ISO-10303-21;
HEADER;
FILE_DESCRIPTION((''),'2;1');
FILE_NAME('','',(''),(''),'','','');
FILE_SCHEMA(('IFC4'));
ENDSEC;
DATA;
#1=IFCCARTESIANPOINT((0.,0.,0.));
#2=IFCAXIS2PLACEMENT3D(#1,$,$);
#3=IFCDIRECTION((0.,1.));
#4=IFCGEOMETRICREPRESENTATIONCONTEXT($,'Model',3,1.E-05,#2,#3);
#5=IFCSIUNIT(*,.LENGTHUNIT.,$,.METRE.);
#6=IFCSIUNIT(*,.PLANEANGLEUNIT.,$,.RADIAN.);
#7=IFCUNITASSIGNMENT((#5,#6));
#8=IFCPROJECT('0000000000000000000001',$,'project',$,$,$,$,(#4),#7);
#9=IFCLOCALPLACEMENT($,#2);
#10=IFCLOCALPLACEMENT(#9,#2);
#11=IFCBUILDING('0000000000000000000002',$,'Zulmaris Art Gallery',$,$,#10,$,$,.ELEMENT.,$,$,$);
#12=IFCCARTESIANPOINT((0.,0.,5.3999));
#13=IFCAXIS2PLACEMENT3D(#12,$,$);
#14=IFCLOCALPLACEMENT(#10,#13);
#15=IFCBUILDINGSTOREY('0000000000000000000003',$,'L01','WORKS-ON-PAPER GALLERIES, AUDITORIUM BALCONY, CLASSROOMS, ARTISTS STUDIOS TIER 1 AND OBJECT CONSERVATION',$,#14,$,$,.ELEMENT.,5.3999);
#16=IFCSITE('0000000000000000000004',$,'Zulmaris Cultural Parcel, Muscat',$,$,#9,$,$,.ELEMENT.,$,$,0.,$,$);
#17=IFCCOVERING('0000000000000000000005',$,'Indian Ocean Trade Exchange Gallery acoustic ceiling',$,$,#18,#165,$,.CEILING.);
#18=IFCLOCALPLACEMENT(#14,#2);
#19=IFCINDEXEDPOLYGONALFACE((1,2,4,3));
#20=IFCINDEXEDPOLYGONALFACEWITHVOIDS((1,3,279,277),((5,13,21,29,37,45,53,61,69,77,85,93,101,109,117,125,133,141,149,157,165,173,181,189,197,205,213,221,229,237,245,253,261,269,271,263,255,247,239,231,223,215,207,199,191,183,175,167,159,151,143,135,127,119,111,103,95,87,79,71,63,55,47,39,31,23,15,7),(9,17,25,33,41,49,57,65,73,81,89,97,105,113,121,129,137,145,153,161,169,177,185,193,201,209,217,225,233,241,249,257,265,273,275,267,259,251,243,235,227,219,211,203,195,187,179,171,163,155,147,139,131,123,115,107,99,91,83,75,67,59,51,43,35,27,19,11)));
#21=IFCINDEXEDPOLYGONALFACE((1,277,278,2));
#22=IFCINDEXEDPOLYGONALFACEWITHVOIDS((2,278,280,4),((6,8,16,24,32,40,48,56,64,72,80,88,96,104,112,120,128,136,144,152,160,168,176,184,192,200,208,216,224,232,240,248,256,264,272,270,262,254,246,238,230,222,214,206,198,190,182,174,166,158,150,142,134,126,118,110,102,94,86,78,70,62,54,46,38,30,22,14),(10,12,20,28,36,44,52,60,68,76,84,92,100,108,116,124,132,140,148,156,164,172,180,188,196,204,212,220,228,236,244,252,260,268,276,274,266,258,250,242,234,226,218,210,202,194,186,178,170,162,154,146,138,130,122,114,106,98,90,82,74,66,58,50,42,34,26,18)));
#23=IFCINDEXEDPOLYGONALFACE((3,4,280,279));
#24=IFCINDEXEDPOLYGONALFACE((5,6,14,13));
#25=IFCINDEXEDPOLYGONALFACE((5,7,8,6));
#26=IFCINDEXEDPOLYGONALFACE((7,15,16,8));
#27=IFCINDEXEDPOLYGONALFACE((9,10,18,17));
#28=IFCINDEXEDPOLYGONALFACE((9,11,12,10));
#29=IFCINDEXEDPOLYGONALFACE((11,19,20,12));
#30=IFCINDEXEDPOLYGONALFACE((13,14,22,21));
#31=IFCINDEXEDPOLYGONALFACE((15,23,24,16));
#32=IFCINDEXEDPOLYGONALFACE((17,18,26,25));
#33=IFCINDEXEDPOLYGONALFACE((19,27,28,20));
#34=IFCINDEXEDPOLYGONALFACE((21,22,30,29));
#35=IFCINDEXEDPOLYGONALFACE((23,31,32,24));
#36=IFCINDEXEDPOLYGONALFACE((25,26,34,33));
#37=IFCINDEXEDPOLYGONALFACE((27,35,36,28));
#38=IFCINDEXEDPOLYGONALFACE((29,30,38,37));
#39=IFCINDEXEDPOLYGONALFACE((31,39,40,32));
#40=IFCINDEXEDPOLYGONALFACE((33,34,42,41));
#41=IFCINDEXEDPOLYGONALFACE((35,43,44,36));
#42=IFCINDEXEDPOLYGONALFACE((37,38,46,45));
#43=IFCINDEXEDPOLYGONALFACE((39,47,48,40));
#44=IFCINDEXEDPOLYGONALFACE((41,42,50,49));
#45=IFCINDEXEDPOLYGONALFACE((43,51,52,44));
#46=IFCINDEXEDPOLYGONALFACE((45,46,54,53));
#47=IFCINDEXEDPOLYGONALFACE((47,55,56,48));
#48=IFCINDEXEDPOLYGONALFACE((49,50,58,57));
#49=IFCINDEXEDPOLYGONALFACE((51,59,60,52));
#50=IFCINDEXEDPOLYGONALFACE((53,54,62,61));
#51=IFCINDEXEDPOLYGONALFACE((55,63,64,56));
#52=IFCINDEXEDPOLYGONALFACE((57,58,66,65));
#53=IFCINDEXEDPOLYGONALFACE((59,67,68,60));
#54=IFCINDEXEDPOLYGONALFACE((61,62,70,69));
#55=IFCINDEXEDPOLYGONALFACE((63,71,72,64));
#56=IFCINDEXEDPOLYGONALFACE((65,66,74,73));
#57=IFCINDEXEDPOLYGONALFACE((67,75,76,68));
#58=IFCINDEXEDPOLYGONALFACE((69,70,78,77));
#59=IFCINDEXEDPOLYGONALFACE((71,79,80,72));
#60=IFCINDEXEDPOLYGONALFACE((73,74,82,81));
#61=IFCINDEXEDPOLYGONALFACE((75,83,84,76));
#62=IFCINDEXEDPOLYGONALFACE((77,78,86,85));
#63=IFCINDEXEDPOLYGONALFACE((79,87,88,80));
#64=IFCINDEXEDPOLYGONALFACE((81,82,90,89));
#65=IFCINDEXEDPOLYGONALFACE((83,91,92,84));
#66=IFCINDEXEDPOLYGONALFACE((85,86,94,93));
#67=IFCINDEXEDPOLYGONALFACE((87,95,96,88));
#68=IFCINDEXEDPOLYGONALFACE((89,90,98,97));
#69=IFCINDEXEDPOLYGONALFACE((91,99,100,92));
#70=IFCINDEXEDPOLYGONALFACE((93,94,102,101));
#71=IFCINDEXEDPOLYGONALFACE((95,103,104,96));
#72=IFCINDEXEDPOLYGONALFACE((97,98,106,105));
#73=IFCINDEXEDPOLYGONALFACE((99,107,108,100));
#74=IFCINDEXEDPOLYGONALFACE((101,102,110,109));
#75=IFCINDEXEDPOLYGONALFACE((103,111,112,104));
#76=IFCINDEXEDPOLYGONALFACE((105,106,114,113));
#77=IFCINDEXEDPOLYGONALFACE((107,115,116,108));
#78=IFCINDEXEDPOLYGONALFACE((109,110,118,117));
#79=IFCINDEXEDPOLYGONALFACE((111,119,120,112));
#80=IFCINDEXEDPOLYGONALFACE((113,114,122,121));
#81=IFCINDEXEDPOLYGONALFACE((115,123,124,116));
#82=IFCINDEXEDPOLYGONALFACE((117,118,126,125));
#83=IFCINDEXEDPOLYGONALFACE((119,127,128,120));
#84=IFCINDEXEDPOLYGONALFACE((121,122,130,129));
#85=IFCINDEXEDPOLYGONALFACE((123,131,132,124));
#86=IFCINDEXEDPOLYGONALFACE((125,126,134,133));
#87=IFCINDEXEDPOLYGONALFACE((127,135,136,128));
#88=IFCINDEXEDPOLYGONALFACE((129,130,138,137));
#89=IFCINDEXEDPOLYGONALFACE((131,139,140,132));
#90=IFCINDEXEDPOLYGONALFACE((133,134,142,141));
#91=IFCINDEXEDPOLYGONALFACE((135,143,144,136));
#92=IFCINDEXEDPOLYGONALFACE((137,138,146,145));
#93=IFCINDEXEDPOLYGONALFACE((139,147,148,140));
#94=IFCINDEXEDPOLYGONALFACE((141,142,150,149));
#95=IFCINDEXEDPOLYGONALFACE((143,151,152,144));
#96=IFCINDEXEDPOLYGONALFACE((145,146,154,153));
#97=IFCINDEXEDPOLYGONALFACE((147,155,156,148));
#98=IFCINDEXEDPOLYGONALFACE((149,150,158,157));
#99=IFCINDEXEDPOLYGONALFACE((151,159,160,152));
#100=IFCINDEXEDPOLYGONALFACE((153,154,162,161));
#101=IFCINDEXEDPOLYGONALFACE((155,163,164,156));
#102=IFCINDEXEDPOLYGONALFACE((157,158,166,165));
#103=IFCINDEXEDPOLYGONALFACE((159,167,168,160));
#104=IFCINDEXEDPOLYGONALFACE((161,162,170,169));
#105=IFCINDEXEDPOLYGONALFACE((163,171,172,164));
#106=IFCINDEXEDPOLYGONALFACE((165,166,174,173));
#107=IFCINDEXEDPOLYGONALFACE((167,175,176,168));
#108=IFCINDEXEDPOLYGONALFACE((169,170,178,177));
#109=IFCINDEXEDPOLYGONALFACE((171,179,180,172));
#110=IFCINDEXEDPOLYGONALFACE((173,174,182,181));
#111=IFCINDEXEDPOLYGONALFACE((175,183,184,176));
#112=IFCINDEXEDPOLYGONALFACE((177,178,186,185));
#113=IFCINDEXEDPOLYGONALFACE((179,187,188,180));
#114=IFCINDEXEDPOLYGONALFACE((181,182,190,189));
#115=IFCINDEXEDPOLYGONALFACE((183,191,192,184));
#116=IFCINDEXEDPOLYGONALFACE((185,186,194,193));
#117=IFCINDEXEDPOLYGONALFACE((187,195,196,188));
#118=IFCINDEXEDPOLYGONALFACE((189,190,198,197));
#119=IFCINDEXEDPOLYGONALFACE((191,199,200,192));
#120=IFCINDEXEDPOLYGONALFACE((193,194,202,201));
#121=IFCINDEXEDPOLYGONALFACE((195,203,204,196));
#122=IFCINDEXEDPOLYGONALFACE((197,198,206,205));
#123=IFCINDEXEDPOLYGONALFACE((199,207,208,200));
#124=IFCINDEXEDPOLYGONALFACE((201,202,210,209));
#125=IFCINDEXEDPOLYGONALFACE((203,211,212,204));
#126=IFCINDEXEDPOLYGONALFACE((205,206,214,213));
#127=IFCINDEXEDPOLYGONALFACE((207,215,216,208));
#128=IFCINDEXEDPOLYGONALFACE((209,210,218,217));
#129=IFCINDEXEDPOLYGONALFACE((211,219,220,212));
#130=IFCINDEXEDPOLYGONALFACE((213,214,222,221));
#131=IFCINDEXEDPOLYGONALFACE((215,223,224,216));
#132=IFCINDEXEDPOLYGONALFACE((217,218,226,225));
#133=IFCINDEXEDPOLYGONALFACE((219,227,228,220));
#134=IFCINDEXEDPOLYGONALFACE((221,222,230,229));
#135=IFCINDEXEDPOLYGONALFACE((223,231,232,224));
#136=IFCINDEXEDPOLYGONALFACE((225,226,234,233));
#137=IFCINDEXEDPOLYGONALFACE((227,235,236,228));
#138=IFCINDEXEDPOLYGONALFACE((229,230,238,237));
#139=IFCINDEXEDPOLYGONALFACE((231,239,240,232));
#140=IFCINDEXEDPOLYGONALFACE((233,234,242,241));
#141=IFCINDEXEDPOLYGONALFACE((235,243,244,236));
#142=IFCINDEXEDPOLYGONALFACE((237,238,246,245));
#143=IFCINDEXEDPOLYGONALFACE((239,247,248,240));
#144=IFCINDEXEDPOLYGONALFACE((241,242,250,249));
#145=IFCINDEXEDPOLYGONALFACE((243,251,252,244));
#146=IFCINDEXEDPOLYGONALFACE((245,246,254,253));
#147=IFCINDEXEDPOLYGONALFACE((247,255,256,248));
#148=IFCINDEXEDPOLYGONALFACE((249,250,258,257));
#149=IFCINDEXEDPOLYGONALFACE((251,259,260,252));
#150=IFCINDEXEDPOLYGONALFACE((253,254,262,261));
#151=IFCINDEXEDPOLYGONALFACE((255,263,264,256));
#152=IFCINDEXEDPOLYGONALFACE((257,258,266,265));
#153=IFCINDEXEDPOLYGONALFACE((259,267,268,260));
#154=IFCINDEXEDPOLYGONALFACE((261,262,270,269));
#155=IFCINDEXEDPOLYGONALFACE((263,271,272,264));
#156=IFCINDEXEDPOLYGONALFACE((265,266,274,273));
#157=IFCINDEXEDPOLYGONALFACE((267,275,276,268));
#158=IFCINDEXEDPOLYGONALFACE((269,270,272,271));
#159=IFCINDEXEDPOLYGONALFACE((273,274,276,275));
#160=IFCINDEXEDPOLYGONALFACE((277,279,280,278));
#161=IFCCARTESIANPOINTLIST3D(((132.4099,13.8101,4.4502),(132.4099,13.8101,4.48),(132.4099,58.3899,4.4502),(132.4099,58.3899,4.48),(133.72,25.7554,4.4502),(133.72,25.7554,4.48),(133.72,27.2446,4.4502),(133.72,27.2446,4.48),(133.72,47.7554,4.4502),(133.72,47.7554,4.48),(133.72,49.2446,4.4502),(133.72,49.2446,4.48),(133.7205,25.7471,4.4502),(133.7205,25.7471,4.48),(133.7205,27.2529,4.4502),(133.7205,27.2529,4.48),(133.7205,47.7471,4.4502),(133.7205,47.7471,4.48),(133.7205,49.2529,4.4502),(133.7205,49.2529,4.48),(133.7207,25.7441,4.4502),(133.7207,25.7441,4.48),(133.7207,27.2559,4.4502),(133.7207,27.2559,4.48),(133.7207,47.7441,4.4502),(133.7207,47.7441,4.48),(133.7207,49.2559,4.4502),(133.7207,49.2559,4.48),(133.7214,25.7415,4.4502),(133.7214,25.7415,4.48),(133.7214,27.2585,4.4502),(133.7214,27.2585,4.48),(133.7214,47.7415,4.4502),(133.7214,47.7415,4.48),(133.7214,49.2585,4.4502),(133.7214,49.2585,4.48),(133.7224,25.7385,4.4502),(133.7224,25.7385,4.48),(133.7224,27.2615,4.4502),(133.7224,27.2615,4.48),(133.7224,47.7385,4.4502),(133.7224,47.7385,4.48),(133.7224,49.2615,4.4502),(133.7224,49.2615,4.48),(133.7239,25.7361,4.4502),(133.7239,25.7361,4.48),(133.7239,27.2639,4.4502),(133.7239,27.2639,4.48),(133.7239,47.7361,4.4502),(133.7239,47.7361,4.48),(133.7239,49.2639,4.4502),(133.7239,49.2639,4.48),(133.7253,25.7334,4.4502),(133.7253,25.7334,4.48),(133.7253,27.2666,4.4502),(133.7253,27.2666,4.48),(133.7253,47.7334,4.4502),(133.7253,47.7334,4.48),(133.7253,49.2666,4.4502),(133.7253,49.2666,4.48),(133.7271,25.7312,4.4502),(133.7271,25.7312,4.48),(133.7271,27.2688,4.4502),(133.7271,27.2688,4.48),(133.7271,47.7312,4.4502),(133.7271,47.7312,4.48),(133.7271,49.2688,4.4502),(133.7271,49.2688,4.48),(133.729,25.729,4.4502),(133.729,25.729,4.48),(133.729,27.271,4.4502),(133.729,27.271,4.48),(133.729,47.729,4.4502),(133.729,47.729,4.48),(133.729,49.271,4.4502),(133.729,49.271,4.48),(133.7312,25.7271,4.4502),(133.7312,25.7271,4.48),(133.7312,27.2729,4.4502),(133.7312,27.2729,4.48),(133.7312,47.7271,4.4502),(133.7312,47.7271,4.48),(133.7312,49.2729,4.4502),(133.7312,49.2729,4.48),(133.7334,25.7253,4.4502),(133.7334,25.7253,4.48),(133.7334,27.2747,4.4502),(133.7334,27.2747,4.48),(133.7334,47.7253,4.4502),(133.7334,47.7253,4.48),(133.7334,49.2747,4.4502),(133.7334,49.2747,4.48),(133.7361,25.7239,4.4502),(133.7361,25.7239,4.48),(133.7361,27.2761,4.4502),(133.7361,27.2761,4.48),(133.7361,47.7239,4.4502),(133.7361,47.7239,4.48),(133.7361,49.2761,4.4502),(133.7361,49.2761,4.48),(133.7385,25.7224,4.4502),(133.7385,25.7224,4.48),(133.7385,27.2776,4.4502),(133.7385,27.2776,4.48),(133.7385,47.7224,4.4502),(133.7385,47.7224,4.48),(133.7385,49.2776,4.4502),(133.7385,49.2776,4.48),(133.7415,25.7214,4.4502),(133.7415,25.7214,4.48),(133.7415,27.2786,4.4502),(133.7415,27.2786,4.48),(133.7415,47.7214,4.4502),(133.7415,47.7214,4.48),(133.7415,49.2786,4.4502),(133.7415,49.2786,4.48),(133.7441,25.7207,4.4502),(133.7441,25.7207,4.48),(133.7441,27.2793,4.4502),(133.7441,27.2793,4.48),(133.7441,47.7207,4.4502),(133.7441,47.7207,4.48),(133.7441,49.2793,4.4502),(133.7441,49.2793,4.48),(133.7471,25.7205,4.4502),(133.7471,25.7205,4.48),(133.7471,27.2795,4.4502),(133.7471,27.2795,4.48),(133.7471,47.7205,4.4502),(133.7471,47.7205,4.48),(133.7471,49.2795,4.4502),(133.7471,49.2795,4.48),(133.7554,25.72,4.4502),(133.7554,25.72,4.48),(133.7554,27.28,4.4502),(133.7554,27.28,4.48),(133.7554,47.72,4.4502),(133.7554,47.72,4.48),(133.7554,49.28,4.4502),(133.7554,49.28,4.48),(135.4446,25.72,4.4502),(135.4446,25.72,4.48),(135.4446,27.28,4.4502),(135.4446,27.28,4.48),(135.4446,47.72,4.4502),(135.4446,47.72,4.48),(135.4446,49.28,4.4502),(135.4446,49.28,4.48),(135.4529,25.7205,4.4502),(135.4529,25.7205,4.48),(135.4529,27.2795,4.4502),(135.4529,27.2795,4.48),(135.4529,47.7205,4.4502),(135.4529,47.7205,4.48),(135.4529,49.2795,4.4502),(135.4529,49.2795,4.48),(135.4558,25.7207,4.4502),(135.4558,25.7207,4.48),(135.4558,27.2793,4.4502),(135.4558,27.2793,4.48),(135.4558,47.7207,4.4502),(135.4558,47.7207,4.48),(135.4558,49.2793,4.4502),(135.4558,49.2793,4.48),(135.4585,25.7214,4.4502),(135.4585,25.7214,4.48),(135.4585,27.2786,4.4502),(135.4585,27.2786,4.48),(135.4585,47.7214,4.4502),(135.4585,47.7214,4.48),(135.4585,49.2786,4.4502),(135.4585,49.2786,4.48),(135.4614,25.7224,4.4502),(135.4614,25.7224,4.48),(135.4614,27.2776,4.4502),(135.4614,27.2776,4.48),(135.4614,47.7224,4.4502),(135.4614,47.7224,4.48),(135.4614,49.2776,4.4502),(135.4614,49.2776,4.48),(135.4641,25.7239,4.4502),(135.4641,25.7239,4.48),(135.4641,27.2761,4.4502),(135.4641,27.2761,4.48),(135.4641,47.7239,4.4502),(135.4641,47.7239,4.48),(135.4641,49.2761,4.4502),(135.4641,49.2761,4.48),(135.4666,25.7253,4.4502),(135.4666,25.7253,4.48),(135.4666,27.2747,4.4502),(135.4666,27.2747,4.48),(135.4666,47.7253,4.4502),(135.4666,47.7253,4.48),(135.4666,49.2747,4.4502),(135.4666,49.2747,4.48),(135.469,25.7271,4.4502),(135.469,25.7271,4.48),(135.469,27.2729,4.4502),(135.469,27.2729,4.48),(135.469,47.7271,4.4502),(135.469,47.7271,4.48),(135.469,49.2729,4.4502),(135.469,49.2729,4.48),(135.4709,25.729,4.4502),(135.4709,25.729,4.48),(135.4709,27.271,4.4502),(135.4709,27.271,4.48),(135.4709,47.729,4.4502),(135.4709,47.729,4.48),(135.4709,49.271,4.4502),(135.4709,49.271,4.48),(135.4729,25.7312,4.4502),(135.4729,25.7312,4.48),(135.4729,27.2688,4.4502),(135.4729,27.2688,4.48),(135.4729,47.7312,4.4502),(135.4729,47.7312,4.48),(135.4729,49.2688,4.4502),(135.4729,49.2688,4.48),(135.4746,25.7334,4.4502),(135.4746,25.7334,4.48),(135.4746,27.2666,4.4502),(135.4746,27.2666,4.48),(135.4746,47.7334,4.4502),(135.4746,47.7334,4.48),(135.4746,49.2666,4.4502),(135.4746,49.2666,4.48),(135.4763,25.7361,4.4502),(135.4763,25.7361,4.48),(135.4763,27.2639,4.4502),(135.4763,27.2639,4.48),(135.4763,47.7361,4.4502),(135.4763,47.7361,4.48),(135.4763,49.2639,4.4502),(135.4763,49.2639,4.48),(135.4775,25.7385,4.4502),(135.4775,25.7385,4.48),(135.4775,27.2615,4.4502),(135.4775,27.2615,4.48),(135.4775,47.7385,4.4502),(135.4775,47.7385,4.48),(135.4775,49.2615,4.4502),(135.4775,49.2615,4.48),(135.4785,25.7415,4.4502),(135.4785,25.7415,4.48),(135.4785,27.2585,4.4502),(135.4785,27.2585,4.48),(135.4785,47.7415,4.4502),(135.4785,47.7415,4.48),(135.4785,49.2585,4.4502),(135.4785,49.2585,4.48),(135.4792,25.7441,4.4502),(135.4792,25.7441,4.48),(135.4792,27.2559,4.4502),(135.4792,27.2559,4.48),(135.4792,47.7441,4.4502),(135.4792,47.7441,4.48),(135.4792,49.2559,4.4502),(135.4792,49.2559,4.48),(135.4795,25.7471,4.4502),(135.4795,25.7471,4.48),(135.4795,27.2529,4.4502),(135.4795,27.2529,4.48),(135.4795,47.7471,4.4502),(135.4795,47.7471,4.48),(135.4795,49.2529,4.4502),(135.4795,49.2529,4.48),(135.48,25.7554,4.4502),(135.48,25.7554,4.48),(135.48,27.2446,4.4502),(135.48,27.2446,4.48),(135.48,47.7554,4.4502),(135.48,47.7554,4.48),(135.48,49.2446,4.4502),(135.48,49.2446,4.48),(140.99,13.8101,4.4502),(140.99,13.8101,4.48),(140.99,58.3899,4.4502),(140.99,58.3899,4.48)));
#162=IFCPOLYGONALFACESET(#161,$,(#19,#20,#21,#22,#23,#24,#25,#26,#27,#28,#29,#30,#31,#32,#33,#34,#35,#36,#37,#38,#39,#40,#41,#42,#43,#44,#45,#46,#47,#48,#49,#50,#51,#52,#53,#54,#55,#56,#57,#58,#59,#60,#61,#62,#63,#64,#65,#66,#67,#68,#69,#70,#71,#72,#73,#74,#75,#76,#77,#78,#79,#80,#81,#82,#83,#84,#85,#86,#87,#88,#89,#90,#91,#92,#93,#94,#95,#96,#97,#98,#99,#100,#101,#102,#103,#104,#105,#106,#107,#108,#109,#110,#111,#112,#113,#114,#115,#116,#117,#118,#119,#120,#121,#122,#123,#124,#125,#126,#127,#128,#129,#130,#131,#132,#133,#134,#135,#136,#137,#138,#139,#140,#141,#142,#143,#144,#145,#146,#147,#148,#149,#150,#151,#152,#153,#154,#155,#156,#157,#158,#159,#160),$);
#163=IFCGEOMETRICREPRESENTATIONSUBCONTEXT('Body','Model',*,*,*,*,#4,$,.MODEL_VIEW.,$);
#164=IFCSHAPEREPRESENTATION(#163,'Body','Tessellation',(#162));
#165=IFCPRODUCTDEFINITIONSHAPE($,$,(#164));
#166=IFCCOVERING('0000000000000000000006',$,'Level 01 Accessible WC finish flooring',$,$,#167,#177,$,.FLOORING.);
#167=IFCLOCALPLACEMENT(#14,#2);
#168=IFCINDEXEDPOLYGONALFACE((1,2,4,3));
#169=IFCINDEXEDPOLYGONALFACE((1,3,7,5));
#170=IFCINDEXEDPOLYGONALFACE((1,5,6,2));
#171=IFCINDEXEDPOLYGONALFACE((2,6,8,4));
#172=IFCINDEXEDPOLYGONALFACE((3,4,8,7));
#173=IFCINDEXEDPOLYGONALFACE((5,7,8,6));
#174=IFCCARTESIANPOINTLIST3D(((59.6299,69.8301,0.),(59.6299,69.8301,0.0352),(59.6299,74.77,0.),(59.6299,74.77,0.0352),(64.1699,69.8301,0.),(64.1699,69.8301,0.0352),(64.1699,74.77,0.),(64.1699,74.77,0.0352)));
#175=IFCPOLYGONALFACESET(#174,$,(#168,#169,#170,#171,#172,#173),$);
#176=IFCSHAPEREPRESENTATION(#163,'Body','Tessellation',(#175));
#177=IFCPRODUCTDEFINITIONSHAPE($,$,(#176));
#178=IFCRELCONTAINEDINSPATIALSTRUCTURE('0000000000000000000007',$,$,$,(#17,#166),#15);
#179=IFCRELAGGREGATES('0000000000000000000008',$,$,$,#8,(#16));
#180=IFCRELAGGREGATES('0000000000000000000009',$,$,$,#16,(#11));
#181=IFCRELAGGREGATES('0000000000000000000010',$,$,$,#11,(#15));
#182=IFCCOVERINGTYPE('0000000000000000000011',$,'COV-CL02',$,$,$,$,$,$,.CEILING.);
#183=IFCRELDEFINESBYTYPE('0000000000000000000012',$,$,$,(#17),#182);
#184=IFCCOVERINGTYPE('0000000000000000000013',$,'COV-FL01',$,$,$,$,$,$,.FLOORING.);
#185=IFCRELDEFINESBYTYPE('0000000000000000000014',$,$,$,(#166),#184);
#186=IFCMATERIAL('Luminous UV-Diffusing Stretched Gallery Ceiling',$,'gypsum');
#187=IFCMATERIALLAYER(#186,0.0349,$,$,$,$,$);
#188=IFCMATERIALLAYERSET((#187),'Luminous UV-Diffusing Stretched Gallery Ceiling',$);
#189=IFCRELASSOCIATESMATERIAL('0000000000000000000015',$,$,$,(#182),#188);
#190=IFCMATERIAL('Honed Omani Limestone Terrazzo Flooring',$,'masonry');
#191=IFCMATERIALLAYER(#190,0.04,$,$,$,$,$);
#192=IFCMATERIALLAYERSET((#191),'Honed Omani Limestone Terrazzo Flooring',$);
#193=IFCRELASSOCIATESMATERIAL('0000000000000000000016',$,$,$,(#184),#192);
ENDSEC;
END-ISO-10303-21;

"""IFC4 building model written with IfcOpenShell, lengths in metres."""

from ifc_helpers import new_model, si_unit, direction, frame, origin, place, context, subcontext, project, spatial, polyline, outline, extrude, material, layer, layer_set, type_object, element, save


model = new_model("IFC4")

# Units and contexts
model_context = context("Model", 3, precision=1e-05, world=origin(), true_north=direction((0.0, 1.0)))
body_context = subcontext(model_context, "Body", "Model", "MODEL_VIEW")
ifc_project = project(units=[si_unit("LENGTHUNIT", "METRE"), si_unit("PLANEANGLEUNIT", "RADIAN")], contexts=[model_context])

# Site, building, storey
site_placement = place(None, origin())
site = spatial("IfcSite", under=ifc_project, at=site_placement, Name="Zulmaris Cultural Parcel, Muscat", CompositionType="ELEMENT", RefElevation=0.0)
building_placement = place(site_placement, origin())
building = spatial("IfcBuilding", under=site, at=building_placement, Name="Zulmaris Art Gallery", CompositionType="ELEMENT")
storey_placement = place(building_placement, frame((0.0, 0.0, 5.3999)))
storey = spatial("IfcBuildingStorey", under=building, at=storey_placement, Name="L01", Description="WORKS-ON-PAPER GALLERIES, AUDITORIUM BALCONY, CLASSROOMS, ARTISTS STUDIOS TIER 1 AND OBJECT CONSERVATION", CompositionType="ELEMENT", Elevation=5.3999)

# Coverings
ifc_material_1 = material(Name="Luminous UV-Diffusing Stretched Gallery Ceiling", Category="gypsum")
ifc_layer_1 = layer(ifc_material_1, 0.0349)
ifc_layer_set_1 = layer_set([ifc_layer_1], Name="Luminous UV-Diffusing Stretched Gallery Ceiling")
covering_type_1 = type_object("IfcCoveringType", Name="COV-CL02", PredefinedType="CEILING", material=ifc_layer_set_1)
covering_1_placement = place(storey_placement, frame((0.0, 0.0, 4.4502)))
element("IfcCovering", 1, at=covering_1_placement, inside=storey, type_object=covering_type_1, Name="Indian Ocean Trade Exchange Gallery acoustic ceiling", PredefinedType="CEILING", context=body_context, shape_type="SweptSolid", body=[
    extrude(outline(polyline([(132.4099, 58.3899), (140.99, 58.3899), (140.99, 13.8101), (132.4099, 13.8101), (132.4099, 58.3899)]), holes=[polyline([(133.7214, 25.7415), (133.7224, 25.7385), (133.7239, 25.7361), (133.7253, 25.7334), (133.7271, 25.7312), (133.729, 25.729), (133.7312, 25.7271), (133.7334, 25.7253), (133.7361, 25.7239), (133.7385, 25.7224), (133.7415, 25.7214), (133.7441, 25.7207), (133.7471, 25.7205), (133.7554, 25.72), (135.4446, 25.72), (135.4529, 25.7205), (135.4558, 25.7207), (135.4585, 25.7214), (135.4614, 25.7224), (135.4641, 25.7239), (135.4666, 25.7253), (135.469, 25.7271), (135.4709, 25.729), (135.4729, 25.7312), (135.4746, 25.7334), (135.4763, 25.7361), (135.4775, 25.7385), (135.4785, 25.7415), (135.4792, 25.7441), (135.4795, 25.7471), (135.48, 25.7554), (135.48, 27.2446), (135.4795, 27.2529), (135.4792, 27.2559), (135.4785, 27.2585), (135.4775, 27.2615), (135.4763, 27.2639), (135.4746, 27.2666), (135.4729, 27.2688), (135.4709, 27.271), (135.469, 27.2729), (135.4666, 27.2747), (135.4641, 27.2761), (135.4614, 27.2776), (135.4585, 27.2786), (135.4558, 27.2793), (135.4529, 27.2795), (135.4446, 27.28), (133.7554, 27.28), (133.7471, 27.2795), (133.7441, 27.2793), (133.7415, 27.2786), (133.7385, 27.2776), (133.7361, 27.2761), (133.7334, 27.2747), (133.7312, 27.2729), (133.729, 27.271), (133.7271, 27.2688), (133.7253, 27.2666), (133.7239, 27.2639), (133.7224, 27.2615), (133.7214, 27.2585), (133.7207, 27.2559), (133.7205, 27.2529), (133.72, 27.2446), (133.72, 25.7554), (133.7205, 25.7471), (133.7207, 25.7441), (133.7214, 25.7415)]), polyline([(133.7214, 47.7415), (133.7224, 47.7385), (133.7239, 47.7361), (133.7253, 47.7334), (133.7271, 47.7312), (133.729, 47.729), (133.7312, 47.7271), (133.7334, 47.7253), (133.7361, 47.7239), (133.7385, 47.7224), (133.7415, 47.7214), (133.7441, 47.7207), (133.7471, 47.7205), (133.7554, 47.72), (135.4446, 47.72), (135.4529, 47.7205), (135.4558, 47.7207), (135.4585, 47.7214), (135.4614, 47.7224), (135.4641, 47.7239), (135.4666, 47.7253), (135.469, 47.7271), (135.4709, 47.729), (135.4729, 47.7312), (135.4746, 47.7334), (135.4763, 47.7361), (135.4775, 47.7385), (135.4785, 47.7415), (135.4792, 47.7441), (135.4795, 47.7471), (135.48, 47.7554), (135.48, 49.2446), (135.4795, 49.2529), (135.4792, 49.2559), (135.4785, 49.2585), (135.4775, 49.2615), (135.4763, 49.2639), (135.4746, 49.2666), (135.4729, 49.2688), (135.4709, 49.271), (135.469, 49.2729), (135.4666, 49.2747), (135.4641, 49.2761), (135.4614, 49.2776), (135.4585, 49.2786), (135.4558, 49.2793), (135.4529, 49.2795), (135.4446, 49.28), (133.7554, 49.28), (133.7471, 49.2795), (133.7441, 49.2793), (133.7415, 49.2786), (133.7385, 49.2776), (133.7361, 49.2761), (133.7334, 49.2747), (133.7312, 49.2729), (133.729, 49.271), (133.7271, 49.2688), (133.7253, 49.2666), (133.7239, 49.2639), (133.7224, 49.2615), (133.7214, 49.2585), (133.7207, 49.2559), (133.7205, 49.2529), (133.72, 49.2446), (133.72, 47.7554), (133.7205, 47.7471), (133.7207, 47.7441), (133.7214, 47.7415)])]), origin(), (0.0, 0.0, 1.0), 0.0298),
])
ifc_material_2 = material(Name="Honed Omani Limestone Terrazzo Flooring", Category="masonry")
ifc_layer_2 = layer(ifc_material_2, 0.04)
ifc_layer_set_2 = layer_set([ifc_layer_2], Name="Honed Omani Limestone Terrazzo Flooring")
covering_type_2 = type_object("IfcCoveringType", Name="COV-FL01", PredefinedType="FLOORING", material=ifc_layer_set_2)
covering_2_placement = place(storey_placement, origin())
element("IfcCovering", 2, at=covering_2_placement, inside=storey, type_object=covering_type_2, Name="Level 01 Accessible WC finish flooring", PredefinedType="FLOORING", context=body_context, shape_type="SweptSolid", body=[
    extrude(outline(polyline([(64.1699, 69.8301), (59.6299, 69.8301), (59.6299, 74.77), (64.1699, 74.77), (64.1699, 69.8301)])), origin(), (0.0, 0.0, 1.0), 0.0352),
])

save(model, "model.ifc")
